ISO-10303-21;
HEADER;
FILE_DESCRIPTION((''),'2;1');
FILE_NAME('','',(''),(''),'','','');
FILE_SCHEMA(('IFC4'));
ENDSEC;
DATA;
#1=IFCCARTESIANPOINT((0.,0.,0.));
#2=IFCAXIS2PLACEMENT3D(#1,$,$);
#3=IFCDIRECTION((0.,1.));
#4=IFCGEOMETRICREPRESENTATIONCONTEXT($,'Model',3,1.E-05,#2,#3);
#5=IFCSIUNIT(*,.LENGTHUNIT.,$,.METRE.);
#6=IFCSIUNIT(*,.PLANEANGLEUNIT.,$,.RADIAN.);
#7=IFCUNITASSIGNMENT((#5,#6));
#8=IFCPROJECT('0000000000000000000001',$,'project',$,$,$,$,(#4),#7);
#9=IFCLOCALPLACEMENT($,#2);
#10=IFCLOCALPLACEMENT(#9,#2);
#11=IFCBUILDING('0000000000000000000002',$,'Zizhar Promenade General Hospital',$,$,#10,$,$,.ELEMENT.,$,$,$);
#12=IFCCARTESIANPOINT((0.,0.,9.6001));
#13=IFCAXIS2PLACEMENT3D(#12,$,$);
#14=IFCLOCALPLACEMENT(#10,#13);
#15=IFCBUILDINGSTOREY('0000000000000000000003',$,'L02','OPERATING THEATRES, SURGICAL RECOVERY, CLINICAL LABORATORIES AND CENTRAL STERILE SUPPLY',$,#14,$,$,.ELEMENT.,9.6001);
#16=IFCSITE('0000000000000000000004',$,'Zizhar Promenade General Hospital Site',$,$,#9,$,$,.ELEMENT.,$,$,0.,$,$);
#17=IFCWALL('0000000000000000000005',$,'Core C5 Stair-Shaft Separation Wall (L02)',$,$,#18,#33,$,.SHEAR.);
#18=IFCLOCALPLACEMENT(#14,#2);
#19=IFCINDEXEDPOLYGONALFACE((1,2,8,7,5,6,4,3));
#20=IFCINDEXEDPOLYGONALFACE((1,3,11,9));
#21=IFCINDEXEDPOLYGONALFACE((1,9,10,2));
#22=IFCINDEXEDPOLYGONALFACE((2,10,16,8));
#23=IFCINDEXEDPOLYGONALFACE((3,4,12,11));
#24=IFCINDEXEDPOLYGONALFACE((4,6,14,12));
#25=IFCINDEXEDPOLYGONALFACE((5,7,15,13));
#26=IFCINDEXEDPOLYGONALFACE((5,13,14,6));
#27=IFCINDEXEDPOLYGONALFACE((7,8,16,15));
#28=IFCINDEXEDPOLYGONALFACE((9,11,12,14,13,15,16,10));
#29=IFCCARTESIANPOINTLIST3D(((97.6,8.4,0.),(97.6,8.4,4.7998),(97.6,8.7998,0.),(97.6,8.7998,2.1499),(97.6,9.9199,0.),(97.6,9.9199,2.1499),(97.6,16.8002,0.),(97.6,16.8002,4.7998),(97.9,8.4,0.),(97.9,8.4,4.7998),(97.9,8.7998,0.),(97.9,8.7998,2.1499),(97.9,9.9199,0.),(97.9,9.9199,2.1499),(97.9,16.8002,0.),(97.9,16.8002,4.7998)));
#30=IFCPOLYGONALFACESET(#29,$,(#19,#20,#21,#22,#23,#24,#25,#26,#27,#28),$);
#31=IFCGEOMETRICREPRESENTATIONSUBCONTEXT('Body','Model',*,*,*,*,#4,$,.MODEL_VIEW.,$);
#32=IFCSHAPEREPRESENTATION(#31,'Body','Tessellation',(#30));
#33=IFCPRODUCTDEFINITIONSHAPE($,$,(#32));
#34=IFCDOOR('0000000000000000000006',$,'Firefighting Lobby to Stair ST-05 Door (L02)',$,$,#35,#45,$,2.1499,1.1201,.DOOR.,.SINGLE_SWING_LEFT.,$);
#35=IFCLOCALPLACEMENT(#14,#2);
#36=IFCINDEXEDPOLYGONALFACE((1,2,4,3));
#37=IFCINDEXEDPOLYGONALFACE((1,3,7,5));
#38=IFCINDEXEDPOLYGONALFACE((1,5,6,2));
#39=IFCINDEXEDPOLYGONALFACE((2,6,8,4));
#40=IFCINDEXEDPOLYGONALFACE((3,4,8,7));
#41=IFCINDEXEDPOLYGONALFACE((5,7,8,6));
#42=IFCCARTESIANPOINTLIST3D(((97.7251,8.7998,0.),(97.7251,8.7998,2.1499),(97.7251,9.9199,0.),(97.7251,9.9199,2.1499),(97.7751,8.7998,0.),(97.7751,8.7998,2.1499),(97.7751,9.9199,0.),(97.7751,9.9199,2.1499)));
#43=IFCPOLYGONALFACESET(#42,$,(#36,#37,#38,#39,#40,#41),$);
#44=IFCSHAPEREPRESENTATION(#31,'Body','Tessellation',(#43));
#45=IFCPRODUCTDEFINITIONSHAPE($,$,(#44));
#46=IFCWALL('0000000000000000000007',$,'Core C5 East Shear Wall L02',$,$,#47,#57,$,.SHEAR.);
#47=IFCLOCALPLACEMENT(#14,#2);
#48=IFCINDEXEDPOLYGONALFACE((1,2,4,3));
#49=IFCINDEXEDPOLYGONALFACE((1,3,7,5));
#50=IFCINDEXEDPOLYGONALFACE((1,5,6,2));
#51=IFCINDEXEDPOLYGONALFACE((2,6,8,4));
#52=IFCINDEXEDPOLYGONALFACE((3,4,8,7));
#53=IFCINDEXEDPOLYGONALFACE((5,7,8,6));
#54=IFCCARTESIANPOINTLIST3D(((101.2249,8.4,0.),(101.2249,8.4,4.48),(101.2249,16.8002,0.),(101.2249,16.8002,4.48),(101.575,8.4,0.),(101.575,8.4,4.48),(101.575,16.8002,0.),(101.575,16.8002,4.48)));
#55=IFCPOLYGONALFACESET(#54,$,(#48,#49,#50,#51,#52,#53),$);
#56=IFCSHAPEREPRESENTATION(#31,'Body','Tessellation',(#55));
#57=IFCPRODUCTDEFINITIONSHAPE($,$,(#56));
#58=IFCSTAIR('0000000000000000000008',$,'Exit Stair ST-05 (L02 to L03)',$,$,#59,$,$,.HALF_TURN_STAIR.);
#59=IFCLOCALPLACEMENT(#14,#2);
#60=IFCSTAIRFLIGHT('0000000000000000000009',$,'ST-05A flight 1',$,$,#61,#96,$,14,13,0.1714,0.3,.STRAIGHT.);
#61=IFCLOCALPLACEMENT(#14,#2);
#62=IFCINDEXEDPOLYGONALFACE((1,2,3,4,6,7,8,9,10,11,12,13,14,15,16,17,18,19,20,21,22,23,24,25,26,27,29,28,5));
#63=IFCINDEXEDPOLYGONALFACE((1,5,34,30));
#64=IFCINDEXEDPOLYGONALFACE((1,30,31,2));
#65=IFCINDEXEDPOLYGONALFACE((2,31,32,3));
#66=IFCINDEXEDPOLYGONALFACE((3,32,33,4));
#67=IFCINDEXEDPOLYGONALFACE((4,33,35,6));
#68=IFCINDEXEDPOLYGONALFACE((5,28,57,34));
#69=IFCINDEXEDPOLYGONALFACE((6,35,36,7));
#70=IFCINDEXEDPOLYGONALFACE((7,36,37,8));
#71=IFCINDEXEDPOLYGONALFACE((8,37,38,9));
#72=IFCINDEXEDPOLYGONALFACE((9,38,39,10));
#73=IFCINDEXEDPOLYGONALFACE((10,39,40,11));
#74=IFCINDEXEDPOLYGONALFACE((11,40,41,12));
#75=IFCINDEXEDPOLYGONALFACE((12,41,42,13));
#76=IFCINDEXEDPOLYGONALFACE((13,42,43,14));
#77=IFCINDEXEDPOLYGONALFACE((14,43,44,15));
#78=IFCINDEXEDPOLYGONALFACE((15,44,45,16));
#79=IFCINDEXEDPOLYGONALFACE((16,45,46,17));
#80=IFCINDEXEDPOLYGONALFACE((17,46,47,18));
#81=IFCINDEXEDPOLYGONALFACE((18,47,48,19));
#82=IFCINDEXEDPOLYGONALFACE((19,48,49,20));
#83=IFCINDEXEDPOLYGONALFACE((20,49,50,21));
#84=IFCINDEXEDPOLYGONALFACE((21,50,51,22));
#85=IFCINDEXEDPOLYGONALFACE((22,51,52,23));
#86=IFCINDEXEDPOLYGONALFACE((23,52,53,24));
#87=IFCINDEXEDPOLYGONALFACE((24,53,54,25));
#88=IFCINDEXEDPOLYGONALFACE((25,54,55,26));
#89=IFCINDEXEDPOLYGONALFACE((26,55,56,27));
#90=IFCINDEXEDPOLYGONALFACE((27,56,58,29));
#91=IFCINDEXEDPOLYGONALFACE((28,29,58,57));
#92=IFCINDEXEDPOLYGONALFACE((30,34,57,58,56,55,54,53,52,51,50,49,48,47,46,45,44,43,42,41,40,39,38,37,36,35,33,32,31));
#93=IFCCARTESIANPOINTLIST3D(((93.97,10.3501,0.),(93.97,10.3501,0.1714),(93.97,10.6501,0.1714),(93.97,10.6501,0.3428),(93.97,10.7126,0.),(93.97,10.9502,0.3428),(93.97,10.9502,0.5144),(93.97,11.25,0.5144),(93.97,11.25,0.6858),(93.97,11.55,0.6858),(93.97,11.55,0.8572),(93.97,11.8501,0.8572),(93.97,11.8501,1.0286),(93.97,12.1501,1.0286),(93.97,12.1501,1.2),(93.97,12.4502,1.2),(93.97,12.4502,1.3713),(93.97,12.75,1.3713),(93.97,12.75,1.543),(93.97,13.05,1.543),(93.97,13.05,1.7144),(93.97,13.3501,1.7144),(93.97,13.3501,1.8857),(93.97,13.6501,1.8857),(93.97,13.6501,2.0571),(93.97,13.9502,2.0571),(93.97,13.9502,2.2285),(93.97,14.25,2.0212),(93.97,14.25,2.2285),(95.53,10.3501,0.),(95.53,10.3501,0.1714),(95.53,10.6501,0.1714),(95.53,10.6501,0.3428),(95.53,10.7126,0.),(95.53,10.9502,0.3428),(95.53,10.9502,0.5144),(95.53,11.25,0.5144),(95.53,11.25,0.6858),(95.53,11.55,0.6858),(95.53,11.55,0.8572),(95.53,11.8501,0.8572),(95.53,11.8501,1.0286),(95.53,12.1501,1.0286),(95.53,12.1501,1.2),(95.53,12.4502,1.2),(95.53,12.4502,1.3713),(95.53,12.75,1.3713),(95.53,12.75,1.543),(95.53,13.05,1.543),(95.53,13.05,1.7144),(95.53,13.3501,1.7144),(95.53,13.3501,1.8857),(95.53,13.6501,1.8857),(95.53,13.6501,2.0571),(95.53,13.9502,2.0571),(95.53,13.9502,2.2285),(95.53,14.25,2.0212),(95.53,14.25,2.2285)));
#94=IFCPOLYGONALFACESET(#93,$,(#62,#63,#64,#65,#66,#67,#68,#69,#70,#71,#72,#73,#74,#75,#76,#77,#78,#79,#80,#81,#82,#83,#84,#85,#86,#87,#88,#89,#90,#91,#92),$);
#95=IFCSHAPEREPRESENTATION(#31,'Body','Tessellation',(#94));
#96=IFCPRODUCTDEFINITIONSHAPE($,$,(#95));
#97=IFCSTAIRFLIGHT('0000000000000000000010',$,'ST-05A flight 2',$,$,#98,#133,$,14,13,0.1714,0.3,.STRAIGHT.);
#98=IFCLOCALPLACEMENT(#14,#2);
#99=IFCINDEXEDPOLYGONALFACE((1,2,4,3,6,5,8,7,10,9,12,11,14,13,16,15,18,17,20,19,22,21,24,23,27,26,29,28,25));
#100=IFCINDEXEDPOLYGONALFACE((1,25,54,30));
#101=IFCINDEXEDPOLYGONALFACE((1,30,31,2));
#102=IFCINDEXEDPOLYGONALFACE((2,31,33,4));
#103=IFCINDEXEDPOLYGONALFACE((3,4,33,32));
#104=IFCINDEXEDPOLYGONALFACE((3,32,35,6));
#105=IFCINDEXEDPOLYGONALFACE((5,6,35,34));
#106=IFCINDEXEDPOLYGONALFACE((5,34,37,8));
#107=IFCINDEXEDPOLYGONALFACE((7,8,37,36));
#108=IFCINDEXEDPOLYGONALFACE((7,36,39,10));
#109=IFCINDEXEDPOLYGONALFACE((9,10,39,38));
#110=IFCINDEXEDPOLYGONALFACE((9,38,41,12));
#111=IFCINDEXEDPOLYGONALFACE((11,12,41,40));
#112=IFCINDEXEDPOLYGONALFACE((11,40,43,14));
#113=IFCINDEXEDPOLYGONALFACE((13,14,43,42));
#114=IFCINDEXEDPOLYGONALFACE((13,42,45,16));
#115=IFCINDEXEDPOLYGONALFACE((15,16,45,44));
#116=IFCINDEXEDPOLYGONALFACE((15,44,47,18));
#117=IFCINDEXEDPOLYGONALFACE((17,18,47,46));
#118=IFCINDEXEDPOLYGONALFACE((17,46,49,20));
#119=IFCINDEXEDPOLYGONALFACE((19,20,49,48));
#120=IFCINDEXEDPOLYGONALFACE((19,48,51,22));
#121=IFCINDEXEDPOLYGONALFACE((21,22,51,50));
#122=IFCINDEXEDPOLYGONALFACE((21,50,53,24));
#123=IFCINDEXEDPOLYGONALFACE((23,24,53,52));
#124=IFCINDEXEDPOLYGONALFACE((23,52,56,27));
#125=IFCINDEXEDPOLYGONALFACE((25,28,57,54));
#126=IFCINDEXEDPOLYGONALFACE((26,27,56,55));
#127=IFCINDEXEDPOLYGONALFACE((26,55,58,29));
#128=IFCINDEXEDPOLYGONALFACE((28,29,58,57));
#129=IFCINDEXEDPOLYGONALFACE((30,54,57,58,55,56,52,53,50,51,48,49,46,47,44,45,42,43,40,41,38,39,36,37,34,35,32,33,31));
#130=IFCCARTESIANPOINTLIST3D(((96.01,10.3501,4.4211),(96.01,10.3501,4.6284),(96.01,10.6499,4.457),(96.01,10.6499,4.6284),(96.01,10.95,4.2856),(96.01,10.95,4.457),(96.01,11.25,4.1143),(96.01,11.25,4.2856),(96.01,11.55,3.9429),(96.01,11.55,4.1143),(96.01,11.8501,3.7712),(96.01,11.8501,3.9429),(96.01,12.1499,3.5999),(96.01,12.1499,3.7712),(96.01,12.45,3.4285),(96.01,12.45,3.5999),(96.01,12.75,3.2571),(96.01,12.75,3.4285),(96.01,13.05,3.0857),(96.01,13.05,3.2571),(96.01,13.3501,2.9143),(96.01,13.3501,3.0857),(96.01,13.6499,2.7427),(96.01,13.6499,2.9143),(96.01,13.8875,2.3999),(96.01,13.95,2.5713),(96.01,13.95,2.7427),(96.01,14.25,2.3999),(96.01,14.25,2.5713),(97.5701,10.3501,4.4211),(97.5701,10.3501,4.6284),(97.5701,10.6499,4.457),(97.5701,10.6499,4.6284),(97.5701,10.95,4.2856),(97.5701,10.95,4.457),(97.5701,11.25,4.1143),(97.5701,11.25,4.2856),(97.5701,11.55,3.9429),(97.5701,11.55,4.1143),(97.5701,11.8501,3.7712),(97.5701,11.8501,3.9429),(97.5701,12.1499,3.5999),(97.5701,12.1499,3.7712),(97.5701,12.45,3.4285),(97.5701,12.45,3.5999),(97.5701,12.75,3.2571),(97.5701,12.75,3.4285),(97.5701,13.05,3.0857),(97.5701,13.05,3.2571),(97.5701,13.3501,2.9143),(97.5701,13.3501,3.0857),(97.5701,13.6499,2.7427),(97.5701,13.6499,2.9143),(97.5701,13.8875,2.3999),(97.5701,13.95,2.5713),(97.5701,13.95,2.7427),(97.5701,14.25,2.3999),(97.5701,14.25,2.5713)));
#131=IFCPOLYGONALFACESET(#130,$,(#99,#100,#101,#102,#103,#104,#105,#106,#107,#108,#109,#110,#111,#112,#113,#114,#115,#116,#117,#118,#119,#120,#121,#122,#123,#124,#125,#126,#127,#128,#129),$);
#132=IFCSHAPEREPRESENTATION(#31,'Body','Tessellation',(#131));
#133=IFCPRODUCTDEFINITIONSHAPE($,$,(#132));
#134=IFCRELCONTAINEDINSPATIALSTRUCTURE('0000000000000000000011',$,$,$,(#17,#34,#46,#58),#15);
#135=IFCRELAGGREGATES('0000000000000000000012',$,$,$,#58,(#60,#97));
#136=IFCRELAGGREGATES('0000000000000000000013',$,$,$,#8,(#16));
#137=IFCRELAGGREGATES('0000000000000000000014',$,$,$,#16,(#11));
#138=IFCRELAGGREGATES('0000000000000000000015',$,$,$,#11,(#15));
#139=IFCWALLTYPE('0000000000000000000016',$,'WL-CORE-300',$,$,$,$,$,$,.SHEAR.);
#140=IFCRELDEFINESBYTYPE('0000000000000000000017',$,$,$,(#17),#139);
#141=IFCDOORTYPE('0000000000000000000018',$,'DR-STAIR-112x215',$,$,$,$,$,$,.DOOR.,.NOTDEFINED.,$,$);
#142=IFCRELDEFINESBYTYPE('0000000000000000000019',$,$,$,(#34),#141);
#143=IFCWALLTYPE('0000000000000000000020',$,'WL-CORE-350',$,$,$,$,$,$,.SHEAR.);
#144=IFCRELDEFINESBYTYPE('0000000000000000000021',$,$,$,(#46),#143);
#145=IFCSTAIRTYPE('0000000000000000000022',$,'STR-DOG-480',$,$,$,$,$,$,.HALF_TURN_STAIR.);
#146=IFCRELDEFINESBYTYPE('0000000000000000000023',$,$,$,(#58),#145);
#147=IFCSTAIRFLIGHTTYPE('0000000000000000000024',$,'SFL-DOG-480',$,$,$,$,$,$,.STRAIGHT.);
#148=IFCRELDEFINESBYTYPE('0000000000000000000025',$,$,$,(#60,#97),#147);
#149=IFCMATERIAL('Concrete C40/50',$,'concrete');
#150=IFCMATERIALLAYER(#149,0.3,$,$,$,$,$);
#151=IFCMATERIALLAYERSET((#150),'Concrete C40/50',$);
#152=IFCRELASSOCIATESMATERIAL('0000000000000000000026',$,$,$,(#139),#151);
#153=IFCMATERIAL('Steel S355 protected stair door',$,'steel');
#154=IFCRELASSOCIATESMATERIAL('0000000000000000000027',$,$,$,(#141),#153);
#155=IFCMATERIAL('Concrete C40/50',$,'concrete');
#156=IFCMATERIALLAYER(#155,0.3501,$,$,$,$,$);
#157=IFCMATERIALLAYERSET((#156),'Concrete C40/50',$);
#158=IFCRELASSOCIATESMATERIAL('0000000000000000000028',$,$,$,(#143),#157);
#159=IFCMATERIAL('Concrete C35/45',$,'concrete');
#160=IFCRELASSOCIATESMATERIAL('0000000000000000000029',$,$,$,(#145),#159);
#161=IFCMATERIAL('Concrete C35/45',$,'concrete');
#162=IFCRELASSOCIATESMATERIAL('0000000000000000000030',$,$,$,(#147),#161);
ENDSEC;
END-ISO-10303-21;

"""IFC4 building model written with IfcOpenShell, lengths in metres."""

from ifc_helpers import new_model, si_unit, direction, frame, frame_2d, origin, place, context, subcontext, project, spatial, polyline, rectangle, outline, extrude, material, layer, layer_set, type_object, element, fill, aggregate, save


model = new_model("IFC4")

# Units and contexts
model_context = context("Model", 3, precision=1e-05, world=origin(), true_north=direction((0.0, 1.0)))
body_context = subcontext(model_context, "Body", "Model", "MODEL_VIEW")
ifc_project = project(units=[si_unit("LENGTHUNIT", "METRE"), si_unit("PLANEANGLEUNIT", "RADIAN")], contexts=[model_context])

# Site, building, storey
site_placement = place(None, origin())
site = spatial("IfcSite", under=ifc_project, at=site_placement, Name="Zizhar Promenade General Hospital Site", CompositionType="ELEMENT", RefElevation=0.0)
building_placement = place(site_placement, origin())
building = spatial("IfcBuilding", under=site, at=building_placement, Name="Zizhar Promenade General Hospital", CompositionType="ELEMENT")
storey_placement = place(building_placement, frame((0.0, 0.0, 9.6001)))
storey = spatial("IfcBuildingStorey", under=building, at=storey_placement, Name="L02", Description="OPERATING THEATRES, SURGICAL RECOVERY, CLINICAL LABORATORIES AND CENTRAL STERILE SUPPLY", CompositionType="ELEMENT", Elevation=9.6001)

# Wall, opening, door
ifc_material_1 = material(Name="Concrete C40/50", Category="concrete")
ifc_layer_1 = layer(ifc_material_1, 0.3)
ifc_layer_set_1 = layer_set([ifc_layer_1], Name="Concrete C40/50")
wall_type_1 = type_object("IfcWallType", Name="WL-CORE-300", PredefinedType="SHEAR", material=ifc_layer_set_1)
ifc_material_2 = material(Name="Steel S355 protected stair door", Category="steel")
door_type_1 = type_object("IfcDoorType", Name="DR-STAIR-112x215", OperationType="NOTDEFINED", PredefinedType="DOOR", material=ifc_material_2)
wall_1_placement = place(storey_placement, frame((97.75, 8.3999, 0.0), z_axis=(0.0, 0.0, 1.0), x_axis=(0.0, 1.0, 0.0)))
wall_1 = element("IfcWall", 1, at=wall_1_placement, inside=storey, type_object=wall_type_1, Name="Core C5 Stair-Shaft Separation Wall (L02)", PredefinedType="SHEAR", context=body_context, shape_type="SweptSolid", body=[
    extrude(rectangle(XDim=8.4001, YDim=0.3, at=frame_2d((4.2002, 0.0))), origin(), (0.0, 0.0, 1.0), 4.7998),
])
opening_1_placement = place(wall_1_placement, frame((0.3999, 0.0, 0.0)))
opening_1 = element("IfcOpeningElement", 2, at=opening_1_placement, cuts=wall_1, PredefinedType="OPENING", context=body_context, shape_type="SweptSolid", body=[
    extrude(rectangle(XDim=1.1201, YDim=2.1499, at=frame_2d((0.5601, 1.075))), frame((0.0, 0.1602, 0.0), z_axis=(0.0, -1.0, 0.0), x_axis=(1.0, 0.0, 0.0)), (0.0, 0.0, 1.0), 0.3201),
])
door_1_placement = place(opening_1_placement, origin())
door_1 = element("IfcDoor", 3, at=door_1_placement, inside=storey, type_object=door_type_1, Name="Firefighting Lobby to Stair ST-05 Door (L02)", OperationType="SINGLE_SWING_LEFT", OverallHeight=2.1499, OverallWidth=1.1201, PredefinedType="DOOR", context=body_context, shape_type="SweptSolid", body=[
    extrude(rectangle(XDim=1.1201, YDim=2.1499, at=frame_2d((0.5601, 1.075))), frame((0.0, 0.0249, 0.0), z_axis=(0.0, -1.0, 0.0), x_axis=(1.0, 0.0, 0.0)), (0.0, 0.0, 1.0), 0.05),
])
fill(opening_1, door_1)

# Wall
ifc_material_3 = material(Name="Concrete C40/50", Category="concrete")
ifc_layer_2 = layer(ifc_material_3, 0.3501)
ifc_layer_set_2 = layer_set([ifc_layer_2], Name="Concrete C40/50")
wall_type_2 = type_object("IfcWallType", Name="WL-CORE-350", PredefinedType="SHEAR", material=ifc_layer_set_2)
wall_2_placement = place(storey_placement, frame((101.3999, 8.3999, 0.0), z_axis=(0.0, 0.0, 1.0), x_axis=(0.0, 1.0, 0.0)))
element("IfcWall", 4, at=wall_2_placement, inside=storey, type_object=wall_type_2, Name="Core C5 East Shear Wall L02", PredefinedType="SHEAR", context=body_context, shape_type="SweptSolid", body=[
    extrude(rectangle(XDim=8.4001, YDim=0.3501, at=frame_2d((4.2002, 0.0))), origin(), (0.0, 0.0, 1.0), 4.48),
])

# Stair, stair flights
ifc_material_4 = material(Name="Concrete C35/45", Category="concrete")
stair_type = type_object("IfcStairType", Name="STR-DOG-480", PredefinedType="HALF_TURN_STAIR", material=ifc_material_4)
stair_placement = place(storey_placement, origin())
stair = element("IfcStair", 5, at=stair_placement, inside=storey, type_object=stair_type, Name="Exit Stair ST-05 (L02 to L03)", PredefinedType="HALF_TURN_STAIR")
ifc_material_5 = material(Name="Concrete C35/45", Category="concrete")
stair_flight_type = type_object("IfcStairFlightType", Name="SFL-DOG-480", PredefinedType="STRAIGHT", material=ifc_material_5)
stair_flight_1_placement = place(storey_placement, frame((94.75, 10.3501, 0.0), z_axis=(0.0, 0.0, 1.0), x_axis=(0.0, 1.0, 0.0)))
stair_flight_1 = element("IfcStairFlight", 6, at=stair_flight_1_placement, type_object=stair_flight_type, Name="ST-05A flight 1", NumberOfRisers=14, NumberOfTreads=13, PredefinedType="STRAIGHT", RiserHeight=0.1714, TreadLength=0.3, context=body_context, shape_type="SweptSolid", body=[
    extrude(outline(polyline([(0.0, 0.0), (0.0, 0.1714), (0.3, 0.1714), (0.3, 0.3428), (0.6001, 0.3428), (0.6001, 0.5144), (0.8999, 0.5144), (0.8999, 0.6858), (1.2, 0.6858), (1.2, 0.8572), (1.5, 0.8572), (1.5, 1.0286), (1.8, 1.0286), (1.8, 1.2), (2.1001, 1.2), (2.1001, 1.3713), (2.3999, 1.3713), (2.3999, 1.543), (2.7, 1.543), (2.7, 1.7144), (3.0, 1.7144), (3.0, 1.8857), (3.3, 1.8857), (3.3, 2.0571), (3.6001, 2.0571), (3.6001, 2.2285), (3.8999, 2.2285), (3.8999, 2.3999), (3.8999, 2.0212), (0.3625, 0.0), (0.0, 0.0)])), frame((0.0, 0.78, 0.0), z_axis=(0.0, -1.0, 0.0), x_axis=(1.0, 0.0, 0.0)), (0.0, 0.0, 1.0), 1.5601),
])
stair_flight_2_placement = place(storey_placement, frame((96.79, 14.25, 2.3999), z_axis=(0.0, 0.0, 1.0), x_axis=(0.0, -1.0, 0.0)))
stair_flight_2 = element("IfcStairFlight", 7, at=stair_flight_2_placement, type_object=stair_flight_type, Name="ST-05A flight 2", NumberOfRisers=14, NumberOfTreads=13, PredefinedType="STRAIGHT", RiserHeight=0.1714, TreadLength=0.3, context=body_context, shape_type="SweptSolid", body=[
    extrude(outline(polyline([(0.0, 0.0), (0.0, 0.1714), (0.3, 0.1714), (0.3, 0.3428), (0.6001, 0.3428), (0.6001, 0.5144), (0.8999, 0.5144), (0.8999, 0.6858), (1.2, 0.6858), (1.2, 0.8572), (1.5, 0.8572), (1.5, 1.0286), (1.8, 1.0286), (1.8, 1.2), (2.1001, 1.2), (2.1001, 1.3713), (2.3999, 1.3713), (2.3999, 1.543), (2.7, 1.543), (2.7, 1.7144), (3.0, 1.7144), (3.0, 1.8857), (3.3, 1.8857), (3.3, 2.0571), (3.6001, 2.0571), (3.6001, 2.2285), (3.8999, 2.2285), (3.8999, 2.3999), (3.8999, 2.0212), (0.3625, 0.0), (0.0, 0.0)])), frame((0.0, 0.78, 0.0), z_axis=(0.0, -1.0, 0.0), x_axis=(1.0, 0.0, 0.0)), (0.0, 0.0, 1.0), 1.5601),
])
aggregate(stair, [stair_flight_1, stair_flight_2])

save(model, "model.ifc")
